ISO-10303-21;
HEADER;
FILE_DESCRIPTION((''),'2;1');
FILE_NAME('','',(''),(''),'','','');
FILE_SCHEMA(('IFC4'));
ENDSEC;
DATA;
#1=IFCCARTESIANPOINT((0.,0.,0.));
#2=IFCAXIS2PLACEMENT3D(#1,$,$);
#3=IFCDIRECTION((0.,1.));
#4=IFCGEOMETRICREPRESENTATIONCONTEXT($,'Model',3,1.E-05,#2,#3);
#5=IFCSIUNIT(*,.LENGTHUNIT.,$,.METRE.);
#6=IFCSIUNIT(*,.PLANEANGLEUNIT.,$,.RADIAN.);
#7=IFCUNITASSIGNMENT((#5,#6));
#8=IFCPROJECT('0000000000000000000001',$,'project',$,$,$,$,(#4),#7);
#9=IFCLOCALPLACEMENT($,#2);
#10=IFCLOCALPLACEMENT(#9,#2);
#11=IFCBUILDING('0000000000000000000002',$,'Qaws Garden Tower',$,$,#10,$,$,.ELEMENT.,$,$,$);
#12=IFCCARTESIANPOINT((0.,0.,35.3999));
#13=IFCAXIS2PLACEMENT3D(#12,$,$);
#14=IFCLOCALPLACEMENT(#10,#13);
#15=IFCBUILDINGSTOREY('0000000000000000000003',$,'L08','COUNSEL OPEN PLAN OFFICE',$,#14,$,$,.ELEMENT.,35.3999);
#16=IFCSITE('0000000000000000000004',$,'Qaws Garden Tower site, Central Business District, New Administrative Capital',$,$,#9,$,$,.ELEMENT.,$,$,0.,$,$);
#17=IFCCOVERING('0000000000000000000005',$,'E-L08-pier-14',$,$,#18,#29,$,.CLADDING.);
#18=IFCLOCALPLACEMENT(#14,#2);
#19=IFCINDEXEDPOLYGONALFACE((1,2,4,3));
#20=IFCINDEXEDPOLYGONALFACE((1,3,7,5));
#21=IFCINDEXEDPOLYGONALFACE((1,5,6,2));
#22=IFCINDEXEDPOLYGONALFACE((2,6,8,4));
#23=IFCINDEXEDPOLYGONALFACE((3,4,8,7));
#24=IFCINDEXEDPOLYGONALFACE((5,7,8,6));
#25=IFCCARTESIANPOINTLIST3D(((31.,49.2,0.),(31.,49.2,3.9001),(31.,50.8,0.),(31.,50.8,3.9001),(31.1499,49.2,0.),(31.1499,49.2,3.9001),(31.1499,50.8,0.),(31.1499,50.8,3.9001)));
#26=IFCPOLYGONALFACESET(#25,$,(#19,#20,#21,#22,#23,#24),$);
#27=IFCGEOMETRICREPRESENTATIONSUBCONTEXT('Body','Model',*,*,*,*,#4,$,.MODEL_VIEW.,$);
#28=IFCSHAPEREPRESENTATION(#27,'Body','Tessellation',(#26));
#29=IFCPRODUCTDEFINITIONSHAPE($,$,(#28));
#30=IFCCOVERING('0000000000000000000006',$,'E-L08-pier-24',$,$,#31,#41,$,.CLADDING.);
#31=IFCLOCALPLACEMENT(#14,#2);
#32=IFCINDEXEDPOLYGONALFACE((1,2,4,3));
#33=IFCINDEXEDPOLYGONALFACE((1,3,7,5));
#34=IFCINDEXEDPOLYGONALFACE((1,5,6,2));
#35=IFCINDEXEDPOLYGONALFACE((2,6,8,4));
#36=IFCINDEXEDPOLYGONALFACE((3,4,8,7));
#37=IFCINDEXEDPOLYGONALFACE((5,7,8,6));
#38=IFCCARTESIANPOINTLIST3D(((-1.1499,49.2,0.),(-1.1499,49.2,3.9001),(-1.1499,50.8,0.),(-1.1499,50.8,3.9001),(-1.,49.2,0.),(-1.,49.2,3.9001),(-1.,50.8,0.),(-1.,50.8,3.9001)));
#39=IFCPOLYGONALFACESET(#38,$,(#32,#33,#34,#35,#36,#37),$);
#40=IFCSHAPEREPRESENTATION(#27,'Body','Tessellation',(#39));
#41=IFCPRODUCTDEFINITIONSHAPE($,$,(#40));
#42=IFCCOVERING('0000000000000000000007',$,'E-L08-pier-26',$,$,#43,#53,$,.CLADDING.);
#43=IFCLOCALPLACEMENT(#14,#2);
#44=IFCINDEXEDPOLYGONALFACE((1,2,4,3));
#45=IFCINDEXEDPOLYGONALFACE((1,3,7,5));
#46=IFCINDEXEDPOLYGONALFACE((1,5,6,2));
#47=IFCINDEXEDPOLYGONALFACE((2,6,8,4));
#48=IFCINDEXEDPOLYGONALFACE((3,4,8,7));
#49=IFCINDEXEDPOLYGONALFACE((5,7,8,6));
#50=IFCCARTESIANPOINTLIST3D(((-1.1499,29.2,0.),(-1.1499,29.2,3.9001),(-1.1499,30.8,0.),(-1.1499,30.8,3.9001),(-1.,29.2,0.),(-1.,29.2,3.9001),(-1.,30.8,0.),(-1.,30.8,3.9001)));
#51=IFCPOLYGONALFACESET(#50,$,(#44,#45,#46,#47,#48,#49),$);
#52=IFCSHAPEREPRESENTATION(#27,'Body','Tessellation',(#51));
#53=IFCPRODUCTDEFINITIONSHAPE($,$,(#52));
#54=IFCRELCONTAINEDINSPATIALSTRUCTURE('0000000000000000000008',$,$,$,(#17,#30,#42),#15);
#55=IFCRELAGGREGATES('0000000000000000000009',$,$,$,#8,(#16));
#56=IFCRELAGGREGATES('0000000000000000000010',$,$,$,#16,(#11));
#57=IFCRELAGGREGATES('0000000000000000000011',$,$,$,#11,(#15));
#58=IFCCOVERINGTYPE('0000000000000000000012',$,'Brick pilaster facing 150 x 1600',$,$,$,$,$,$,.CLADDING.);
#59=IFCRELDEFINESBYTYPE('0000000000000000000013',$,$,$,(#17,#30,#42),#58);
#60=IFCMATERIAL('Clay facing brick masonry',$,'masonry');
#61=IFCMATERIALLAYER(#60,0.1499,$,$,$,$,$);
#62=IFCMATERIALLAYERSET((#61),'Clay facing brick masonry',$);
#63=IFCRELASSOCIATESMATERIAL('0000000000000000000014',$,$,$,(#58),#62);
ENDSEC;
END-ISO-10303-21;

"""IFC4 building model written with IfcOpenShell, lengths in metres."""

from ifc_helpers import new_model, si_unit, direction, frame, origin, place, context, subcontext, project, spatial, polyline, outline, extrude, material, layer, layer_set, type_object, element, save


model = new_model("IFC4")

# Units and contexts
model_context = context("Model", 3, precision=1e-05, world=origin(), true_north=direction((0.0, 1.0)))
body_context = subcontext(model_context, "Body", "Model", "MODEL_VIEW")
ifc_project = project(units=[si_unit("LENGTHUNIT", "METRE"), si_unit("PLANEANGLEUNIT", "RADIAN")], contexts=[model_context])

# Site, building, storey
site_placement = place(None, origin())
site = spatial("IfcSite", under=ifc_project, at=site_placement, Name="Qaws Garden Tower site, Central Business District, New Administrative Capital", CompositionType="ELEMENT", RefElevation=0.0)
building_placement = place(site_placement, origin())
building = spatial("IfcBuilding", under=site, at=building_placement, Name="Qaws Garden Tower", CompositionType="ELEMENT")
storey_placement = place(building_placement, frame((0.0, 0.0, 35.3999)))
storey = spatial("IfcBuildingStorey", under=building, at=storey_placement, Name="L08", Description="COUNSEL OPEN PLAN OFFICE", CompositionType="ELEMENT", Elevation=35.3999)

# Shared definitions
placement = place(storey_placement, origin())

# Coverings
ifc_material_1 = material(Name="Clay facing brick masonry", Category="masonry")
ifc_layer_1 = layer(ifc_material_1, 0.1499)
ifc_layer_set_1 = layer_set([ifc_layer_1], Name="Clay facing brick masonry")
covering_type = type_object("IfcCoveringType", Name="Brick pilaster facing 150 x 1600", PredefinedType="CLADDING", material=ifc_layer_set_1)
element("IfcCovering", 1, at=placement, inside=storey, type_object=covering_type, Name="E-L08-pier-14", PredefinedType="CLADDING", context=body_context, shape_type="SweptSolid", body=[
    extrude(outline(polyline([(31.0, 49.2), (31.0, 50.8), (31.1499, 50.8), (31.1499, 49.2), (31.0, 49.2)])), origin(), (0.0, 0.0, 1.0), 3.9001),
])
element("IfcCovering", 2, at=placement, inside=storey, type_object=covering_type, Name="E-L08-pier-24", PredefinedType="CLADDING", context=body_context, shape_type="SweptSolid", body=[
    extrude(outline(polyline([(-1.0, 50.8), (-1.0, 49.2), (-1.1499, 49.2), (-1.1499, 50.8), (-1.0, 50.8)])), origin(), (0.0, 0.0, 1.0), 3.9001),
])
element("IfcCovering", 3, at=placement, inside=storey, type_object=covering_type, Name="E-L08-pier-26", PredefinedType="CLADDING", context=body_context, shape_type="SweptSolid", body=[
    extrude(outline(polyline([(-1.0, 30.8), (-1.0, 29.2), (-1.1499, 29.2), (-1.1499, 30.8), (-1.0, 30.8)])), origin(), (0.0, 0.0, 1.0), 3.9001),
])

save(model, "model.ifc")
